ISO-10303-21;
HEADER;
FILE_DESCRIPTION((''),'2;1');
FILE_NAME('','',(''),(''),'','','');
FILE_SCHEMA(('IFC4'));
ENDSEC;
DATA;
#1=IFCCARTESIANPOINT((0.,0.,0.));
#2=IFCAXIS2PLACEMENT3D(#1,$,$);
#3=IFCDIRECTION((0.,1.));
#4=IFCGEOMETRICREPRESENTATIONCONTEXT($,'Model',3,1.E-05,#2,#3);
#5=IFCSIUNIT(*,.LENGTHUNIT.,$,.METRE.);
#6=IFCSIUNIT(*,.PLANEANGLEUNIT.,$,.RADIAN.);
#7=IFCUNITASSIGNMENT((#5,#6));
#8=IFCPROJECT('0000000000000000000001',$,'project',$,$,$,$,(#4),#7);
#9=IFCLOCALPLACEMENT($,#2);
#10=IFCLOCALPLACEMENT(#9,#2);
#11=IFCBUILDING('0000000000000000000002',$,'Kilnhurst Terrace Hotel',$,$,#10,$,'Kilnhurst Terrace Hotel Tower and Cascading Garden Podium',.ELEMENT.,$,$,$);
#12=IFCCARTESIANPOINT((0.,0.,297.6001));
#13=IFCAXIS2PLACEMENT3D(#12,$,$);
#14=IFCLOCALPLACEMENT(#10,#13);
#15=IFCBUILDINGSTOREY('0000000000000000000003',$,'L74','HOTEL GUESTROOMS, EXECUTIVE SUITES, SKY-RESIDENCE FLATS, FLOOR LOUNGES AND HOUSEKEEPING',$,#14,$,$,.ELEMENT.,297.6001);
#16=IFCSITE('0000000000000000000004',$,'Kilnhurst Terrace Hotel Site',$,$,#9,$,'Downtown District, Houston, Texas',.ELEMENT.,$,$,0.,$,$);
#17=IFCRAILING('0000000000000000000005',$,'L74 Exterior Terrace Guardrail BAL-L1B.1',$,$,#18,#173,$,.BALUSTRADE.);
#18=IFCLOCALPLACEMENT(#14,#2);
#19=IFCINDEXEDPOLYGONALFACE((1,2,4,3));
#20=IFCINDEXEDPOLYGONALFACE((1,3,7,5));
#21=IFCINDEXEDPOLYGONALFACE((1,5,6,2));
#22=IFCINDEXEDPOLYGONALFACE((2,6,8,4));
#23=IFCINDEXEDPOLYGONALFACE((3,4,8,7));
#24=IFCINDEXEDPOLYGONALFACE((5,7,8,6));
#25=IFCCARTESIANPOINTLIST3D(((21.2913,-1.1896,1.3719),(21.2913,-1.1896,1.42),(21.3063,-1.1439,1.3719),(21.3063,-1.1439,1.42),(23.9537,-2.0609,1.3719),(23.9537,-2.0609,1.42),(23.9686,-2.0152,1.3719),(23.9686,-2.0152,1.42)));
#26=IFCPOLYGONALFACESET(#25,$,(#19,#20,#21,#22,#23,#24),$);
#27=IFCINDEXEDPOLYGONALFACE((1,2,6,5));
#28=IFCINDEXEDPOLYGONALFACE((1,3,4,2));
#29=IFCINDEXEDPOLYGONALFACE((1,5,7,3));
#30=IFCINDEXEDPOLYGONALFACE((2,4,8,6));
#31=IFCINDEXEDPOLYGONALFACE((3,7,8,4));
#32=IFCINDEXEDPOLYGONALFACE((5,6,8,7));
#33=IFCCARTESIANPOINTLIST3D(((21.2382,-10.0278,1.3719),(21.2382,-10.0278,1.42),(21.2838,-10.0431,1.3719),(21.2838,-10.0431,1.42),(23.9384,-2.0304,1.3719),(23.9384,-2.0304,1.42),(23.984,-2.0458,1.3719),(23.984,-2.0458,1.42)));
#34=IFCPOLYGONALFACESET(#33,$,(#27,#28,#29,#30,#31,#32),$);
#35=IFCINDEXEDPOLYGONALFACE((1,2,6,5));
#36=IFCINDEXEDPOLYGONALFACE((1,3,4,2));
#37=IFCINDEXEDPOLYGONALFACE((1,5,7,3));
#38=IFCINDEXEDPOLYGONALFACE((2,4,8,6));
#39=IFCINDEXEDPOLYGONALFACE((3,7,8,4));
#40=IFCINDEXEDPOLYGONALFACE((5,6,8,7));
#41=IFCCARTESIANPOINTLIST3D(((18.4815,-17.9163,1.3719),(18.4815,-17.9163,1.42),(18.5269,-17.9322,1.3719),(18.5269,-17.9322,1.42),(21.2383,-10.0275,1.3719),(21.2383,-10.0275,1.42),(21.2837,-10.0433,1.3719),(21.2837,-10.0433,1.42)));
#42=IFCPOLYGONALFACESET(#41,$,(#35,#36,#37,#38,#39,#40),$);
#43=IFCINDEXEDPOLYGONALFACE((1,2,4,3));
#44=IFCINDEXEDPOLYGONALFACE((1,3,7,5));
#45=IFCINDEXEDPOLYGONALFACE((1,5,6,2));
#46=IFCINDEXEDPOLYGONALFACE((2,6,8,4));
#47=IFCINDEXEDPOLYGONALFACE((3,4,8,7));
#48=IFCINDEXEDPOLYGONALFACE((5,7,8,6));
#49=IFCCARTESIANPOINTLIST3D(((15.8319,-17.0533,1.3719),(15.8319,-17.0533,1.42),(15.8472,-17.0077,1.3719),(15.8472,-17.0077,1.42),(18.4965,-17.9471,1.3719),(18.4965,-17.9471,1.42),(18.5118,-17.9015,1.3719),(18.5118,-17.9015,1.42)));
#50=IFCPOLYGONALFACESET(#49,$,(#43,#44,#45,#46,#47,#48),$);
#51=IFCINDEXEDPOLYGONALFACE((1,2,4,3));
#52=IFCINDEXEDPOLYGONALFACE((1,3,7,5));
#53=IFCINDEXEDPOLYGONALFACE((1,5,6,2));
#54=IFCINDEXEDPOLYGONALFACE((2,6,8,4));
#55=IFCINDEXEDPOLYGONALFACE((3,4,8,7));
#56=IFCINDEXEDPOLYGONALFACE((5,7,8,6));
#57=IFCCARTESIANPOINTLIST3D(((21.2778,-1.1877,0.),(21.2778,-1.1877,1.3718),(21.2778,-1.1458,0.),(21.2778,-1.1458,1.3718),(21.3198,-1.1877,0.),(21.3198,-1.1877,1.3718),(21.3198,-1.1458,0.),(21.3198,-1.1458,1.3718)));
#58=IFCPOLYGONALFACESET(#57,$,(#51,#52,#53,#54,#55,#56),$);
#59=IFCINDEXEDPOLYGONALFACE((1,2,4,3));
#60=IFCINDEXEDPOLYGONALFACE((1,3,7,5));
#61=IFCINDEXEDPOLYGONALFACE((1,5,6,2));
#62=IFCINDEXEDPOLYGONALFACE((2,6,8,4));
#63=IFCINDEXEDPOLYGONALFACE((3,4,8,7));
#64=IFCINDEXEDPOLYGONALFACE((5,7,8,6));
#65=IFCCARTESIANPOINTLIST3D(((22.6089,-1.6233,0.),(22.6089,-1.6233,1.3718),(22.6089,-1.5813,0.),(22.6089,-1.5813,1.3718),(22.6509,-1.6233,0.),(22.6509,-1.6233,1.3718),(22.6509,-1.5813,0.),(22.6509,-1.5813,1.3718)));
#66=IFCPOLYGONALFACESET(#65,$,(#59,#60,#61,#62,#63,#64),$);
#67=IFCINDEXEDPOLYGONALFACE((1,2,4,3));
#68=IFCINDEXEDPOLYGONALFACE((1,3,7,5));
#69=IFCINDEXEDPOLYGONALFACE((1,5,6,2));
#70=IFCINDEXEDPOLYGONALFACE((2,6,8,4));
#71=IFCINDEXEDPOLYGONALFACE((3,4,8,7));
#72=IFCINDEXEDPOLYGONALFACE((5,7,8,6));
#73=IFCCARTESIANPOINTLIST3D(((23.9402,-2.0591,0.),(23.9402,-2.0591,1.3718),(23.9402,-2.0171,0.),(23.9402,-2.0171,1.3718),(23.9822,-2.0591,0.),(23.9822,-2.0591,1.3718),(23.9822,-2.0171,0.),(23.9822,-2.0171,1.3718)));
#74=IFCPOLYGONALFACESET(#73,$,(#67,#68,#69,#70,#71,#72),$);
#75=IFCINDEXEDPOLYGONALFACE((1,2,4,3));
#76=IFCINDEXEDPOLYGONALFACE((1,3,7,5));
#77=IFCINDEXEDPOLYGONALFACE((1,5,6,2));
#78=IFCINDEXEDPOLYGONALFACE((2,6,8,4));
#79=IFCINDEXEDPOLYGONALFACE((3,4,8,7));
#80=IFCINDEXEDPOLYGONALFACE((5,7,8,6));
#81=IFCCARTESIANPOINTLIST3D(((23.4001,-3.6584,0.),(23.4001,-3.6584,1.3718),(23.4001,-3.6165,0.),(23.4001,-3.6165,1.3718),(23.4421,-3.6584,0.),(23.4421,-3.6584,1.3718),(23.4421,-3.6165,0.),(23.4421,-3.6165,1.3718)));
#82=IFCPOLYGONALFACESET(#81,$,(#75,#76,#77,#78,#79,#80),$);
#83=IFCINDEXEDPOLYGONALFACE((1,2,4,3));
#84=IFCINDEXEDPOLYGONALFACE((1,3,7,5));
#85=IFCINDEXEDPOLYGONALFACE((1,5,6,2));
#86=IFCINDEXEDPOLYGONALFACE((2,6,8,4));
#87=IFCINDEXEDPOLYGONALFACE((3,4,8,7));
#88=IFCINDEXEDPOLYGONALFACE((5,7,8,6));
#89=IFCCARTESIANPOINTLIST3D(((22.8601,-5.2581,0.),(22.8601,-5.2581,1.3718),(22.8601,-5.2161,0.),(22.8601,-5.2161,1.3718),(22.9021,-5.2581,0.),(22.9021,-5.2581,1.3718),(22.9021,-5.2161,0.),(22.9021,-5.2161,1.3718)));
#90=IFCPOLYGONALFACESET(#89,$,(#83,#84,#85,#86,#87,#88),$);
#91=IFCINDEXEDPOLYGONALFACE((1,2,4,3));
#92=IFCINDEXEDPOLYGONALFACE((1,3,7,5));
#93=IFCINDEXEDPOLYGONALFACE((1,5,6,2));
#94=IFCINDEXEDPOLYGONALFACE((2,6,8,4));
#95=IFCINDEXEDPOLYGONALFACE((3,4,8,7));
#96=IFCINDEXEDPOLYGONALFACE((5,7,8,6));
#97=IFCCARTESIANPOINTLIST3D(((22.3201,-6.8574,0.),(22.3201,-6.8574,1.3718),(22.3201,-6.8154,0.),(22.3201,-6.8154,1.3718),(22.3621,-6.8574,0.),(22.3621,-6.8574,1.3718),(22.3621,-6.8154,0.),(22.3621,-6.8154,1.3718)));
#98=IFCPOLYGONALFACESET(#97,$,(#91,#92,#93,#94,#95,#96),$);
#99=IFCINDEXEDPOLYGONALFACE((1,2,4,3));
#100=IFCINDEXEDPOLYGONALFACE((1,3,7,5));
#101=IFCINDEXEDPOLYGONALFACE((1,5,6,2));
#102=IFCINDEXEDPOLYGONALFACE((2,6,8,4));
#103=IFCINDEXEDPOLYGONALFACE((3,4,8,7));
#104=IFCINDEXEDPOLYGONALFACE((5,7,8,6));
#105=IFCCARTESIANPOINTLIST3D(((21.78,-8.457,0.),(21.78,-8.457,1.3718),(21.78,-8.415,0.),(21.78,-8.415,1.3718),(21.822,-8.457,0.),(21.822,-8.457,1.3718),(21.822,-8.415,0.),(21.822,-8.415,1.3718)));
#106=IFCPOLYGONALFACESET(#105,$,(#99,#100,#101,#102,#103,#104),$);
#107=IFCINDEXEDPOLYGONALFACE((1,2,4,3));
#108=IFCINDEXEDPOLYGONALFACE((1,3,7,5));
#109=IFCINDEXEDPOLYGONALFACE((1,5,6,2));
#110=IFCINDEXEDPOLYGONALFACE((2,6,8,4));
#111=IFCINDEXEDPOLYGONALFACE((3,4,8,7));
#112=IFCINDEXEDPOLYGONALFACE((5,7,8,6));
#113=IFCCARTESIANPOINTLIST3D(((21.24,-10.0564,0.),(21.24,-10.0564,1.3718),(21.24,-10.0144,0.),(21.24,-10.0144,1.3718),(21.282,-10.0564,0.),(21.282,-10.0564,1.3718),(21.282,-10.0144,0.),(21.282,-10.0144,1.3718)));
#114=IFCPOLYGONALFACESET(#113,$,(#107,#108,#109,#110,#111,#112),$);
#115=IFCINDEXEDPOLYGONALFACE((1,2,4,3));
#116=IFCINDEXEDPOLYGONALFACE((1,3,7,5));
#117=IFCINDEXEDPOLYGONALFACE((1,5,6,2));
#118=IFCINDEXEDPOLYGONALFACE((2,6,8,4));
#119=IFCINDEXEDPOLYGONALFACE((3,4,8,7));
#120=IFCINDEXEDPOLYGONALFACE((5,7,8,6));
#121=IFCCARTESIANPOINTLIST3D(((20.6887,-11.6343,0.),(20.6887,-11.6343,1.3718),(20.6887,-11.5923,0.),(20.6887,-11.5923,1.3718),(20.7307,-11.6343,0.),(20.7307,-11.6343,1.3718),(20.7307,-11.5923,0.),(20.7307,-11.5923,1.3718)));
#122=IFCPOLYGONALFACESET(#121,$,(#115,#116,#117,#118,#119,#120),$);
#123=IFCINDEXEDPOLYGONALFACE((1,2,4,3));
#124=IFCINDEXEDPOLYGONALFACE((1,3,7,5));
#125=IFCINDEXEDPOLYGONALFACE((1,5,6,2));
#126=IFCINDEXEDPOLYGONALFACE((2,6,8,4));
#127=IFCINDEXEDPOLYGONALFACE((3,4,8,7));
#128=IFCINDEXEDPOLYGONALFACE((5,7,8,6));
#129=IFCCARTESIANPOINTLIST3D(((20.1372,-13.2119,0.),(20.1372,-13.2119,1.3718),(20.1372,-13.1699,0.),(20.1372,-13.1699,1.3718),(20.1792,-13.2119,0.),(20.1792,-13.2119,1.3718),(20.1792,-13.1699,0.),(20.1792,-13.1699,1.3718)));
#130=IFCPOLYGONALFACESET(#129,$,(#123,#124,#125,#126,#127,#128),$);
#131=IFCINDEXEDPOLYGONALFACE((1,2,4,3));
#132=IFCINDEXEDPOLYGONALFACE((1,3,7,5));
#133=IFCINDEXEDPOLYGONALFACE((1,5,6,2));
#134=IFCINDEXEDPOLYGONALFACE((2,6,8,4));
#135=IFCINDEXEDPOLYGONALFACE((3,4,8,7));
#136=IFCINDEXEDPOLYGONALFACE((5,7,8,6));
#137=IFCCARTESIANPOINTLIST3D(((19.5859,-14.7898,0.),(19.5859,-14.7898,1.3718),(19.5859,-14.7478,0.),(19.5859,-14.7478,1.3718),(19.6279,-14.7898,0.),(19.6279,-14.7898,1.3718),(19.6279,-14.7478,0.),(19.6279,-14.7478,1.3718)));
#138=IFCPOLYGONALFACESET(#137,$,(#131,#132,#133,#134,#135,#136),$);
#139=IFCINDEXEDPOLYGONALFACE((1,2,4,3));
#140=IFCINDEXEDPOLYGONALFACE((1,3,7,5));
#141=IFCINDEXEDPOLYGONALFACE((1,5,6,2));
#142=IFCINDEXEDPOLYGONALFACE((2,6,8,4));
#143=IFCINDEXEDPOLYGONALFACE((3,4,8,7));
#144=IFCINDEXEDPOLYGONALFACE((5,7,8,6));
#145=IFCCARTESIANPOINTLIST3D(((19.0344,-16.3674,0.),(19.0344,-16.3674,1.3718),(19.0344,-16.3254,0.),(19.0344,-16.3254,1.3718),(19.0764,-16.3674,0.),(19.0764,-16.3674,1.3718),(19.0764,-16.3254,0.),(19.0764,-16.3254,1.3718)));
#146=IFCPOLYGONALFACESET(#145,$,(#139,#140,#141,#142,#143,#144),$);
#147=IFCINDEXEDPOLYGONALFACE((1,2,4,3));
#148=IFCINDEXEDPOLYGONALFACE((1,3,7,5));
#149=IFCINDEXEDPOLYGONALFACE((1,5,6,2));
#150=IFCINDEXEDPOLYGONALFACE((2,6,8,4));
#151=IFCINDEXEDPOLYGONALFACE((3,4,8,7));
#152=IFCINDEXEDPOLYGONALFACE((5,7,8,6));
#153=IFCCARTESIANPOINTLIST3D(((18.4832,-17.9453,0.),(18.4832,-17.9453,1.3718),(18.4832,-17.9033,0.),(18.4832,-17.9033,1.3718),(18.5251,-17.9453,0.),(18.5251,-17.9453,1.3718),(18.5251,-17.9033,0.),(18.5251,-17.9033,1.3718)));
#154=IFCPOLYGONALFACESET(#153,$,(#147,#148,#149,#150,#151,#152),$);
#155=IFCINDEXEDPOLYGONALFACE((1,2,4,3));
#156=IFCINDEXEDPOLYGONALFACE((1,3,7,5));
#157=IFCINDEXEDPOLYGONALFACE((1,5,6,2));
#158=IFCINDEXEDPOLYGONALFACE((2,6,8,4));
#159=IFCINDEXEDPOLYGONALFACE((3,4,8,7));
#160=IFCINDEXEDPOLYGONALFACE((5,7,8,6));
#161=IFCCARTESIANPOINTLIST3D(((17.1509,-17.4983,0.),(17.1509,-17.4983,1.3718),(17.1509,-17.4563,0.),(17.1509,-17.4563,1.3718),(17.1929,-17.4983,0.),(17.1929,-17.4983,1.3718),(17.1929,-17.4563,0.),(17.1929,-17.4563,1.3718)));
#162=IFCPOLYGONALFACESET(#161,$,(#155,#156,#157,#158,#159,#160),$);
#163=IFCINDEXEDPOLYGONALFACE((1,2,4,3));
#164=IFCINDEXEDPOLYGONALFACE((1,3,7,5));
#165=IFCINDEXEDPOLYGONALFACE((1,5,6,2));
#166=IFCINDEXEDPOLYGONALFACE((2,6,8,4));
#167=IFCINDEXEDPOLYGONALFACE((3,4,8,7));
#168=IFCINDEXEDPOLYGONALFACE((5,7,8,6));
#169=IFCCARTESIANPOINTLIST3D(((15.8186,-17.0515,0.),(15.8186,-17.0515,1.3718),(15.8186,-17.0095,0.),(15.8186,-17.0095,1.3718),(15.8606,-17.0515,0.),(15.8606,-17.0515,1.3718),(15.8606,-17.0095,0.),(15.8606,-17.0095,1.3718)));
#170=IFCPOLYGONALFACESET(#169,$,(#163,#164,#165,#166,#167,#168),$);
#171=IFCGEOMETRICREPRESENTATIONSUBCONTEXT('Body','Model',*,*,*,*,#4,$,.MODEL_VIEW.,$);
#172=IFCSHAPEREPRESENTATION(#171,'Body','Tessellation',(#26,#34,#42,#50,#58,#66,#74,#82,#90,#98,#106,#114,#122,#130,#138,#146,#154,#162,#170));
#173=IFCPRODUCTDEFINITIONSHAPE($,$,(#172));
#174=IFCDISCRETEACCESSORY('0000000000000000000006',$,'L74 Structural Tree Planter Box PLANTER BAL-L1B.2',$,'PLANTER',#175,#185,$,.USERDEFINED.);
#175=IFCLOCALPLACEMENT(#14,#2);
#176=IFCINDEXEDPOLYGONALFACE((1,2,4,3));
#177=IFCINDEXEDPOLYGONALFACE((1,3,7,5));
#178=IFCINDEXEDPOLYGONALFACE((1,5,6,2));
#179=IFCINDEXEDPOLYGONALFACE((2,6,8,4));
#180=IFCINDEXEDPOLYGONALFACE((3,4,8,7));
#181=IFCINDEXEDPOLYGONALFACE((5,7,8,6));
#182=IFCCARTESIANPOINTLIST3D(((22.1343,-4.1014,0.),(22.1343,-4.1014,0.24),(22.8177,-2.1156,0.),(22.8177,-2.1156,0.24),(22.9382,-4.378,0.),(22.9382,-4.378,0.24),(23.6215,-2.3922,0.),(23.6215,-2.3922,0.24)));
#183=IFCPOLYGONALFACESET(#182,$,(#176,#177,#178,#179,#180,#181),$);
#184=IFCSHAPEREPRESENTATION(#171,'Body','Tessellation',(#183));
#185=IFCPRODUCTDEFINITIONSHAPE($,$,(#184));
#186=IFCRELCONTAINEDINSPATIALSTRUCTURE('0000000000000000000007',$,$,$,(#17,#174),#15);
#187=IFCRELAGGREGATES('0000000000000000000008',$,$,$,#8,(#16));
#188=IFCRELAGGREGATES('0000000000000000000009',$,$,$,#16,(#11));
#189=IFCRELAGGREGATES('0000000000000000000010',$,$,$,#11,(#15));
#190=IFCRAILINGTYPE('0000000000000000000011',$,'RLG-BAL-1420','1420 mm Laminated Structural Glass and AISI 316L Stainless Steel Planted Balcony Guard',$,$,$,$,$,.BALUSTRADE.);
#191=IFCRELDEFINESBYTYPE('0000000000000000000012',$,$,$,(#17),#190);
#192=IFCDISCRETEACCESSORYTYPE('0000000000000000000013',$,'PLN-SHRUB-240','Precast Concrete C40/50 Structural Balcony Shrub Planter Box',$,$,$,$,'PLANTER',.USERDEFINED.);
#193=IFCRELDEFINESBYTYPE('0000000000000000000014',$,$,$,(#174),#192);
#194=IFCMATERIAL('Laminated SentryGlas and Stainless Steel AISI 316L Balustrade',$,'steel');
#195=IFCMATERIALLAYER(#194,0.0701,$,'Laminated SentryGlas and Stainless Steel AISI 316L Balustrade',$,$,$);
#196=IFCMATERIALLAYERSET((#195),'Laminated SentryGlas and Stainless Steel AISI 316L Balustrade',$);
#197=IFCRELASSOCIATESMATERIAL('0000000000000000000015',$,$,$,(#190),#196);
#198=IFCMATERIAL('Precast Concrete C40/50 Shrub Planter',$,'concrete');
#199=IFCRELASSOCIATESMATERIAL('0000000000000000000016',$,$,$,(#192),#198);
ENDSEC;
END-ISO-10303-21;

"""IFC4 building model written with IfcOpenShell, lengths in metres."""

from ifc_helpers import new_model, si_unit, direction, frame, origin, origin_2d, place, context, subcontext, project, spatial, rectangle, extrude, material, layer, layer_set, type_object, element, save


model = new_model("IFC4")

# Units and contexts
model_context = context("Model", 3, precision=1e-05, world=origin(), true_north=direction((0.0, 1.0)))
body_context = subcontext(model_context, "Body", "Model", "MODEL_VIEW")
ifc_project = project(units=[si_unit("LENGTHUNIT", "METRE"), si_unit("PLANEANGLEUNIT", "RADIAN")], contexts=[model_context])

# Site, building, storey
site_placement = place(None, origin())
site = spatial("IfcSite", under=ifc_project, at=site_placement, Name="Kilnhurst Terrace Hotel Site", LongName="Downtown District, Houston, Texas", CompositionType="ELEMENT", RefElevation=0.0)
building_placement = place(site_placement, origin())
building = spatial("IfcBuilding", under=site, at=building_placement, Name="Kilnhurst Terrace Hotel", LongName="Kilnhurst Terrace Hotel Tower and Cascading Garden Podium", CompositionType="ELEMENT")
storey_placement = place(building_placement, frame((0.0, 0.0, 297.6001)))
storey = spatial("IfcBuildingStorey", under=building, at=storey_placement, Name="L74", Description="HOTEL GUESTROOMS, EXECUTIVE SUITES, SKY-RESIDENCE FLATS, FLOOR LOUNGES AND HOUSEKEEPING", CompositionType="ELEMENT", Elevation=297.6001)

# Railing
ifc_material_1 = material(Name="Laminated SentryGlas and Stainless Steel AISI 316L Balustrade", Category="steel")
ifc_layer_1 = layer(ifc_material_1, 0.0701, Name="Laminated SentryGlas and Stainless Steel AISI 316L Balustrade")
ifc_layer_set_1 = layer_set([ifc_layer_1], Name="Laminated SentryGlas and Stainless Steel AISI 316L Balustrade")
railing_type = type_object("IfcRailingType", Name="RLG-BAL-1420", Description="1420 mm Laminated Structural Glass and AISI 316L Stainless Steel Planted Balcony Guard", PredefinedType="BALUSTRADE", material=ifc_layer_set_1)
railing_placement = place(storey_placement, frame((21.2988, -1.1667, 0.0)))
element("IfcRailing", 1, at=railing_placement, inside=storey, type_object=railing_type, Name="L74 Exterior Terrace Guardrail BAL-L1B.1", PredefinedType="BALUSTRADE", context=body_context, shape_type="SweptSolid", body=[
    extrude(rectangle(XDim=0.0481, YDim=0.0481, at=origin_2d()), frame((0.0, 0.0, 1.396), z_axis=(0.950395, -0.311046, 0.0), x_axis=(0.311046, 0.950395, 0.0)), (0.0, 0.0, 1.0), 2.8013),
    extrude(rectangle(XDim=0.0481, YDim=0.0481, at=origin_2d()), frame((2.6624, -0.8713, 1.396), z_axis=(-0.319896, -0.947453, 0.0), x_axis=(0.947453, -0.319896, 0.0)), (0.0, 0.0, 1.0), 8.4409),
    extrude(rectangle(XDim=0.0481, YDim=0.0481, at=origin_2d()), frame((-0.0378, -8.8687, 1.396), z_axis=(-0.329894, -0.944018, 0.0), x_axis=(0.944018, -0.329894, 0.0)), (0.0, 0.0, 1.0), 8.3567),
    extrude(rectangle(XDim=0.0481, YDim=0.0481, at=origin_2d()), frame((-2.7947, -16.7576, 1.396), z_axis=(-0.948082, 0.318025, 0.0), x_axis=(-0.318025, -0.948082, 0.0)), (0.0, 0.0, 1.0), 2.8105),
    extrude(rectangle(XDim=0.042, YDim=0.042, at=origin_2d()), origin(), (0.0, 0.0, 1.0), 1.3718),
    extrude(rectangle(XDim=0.042, YDim=0.042, at=origin_2d()), frame((1.3311, -0.4355, 0.0)), (0.0, 0.0, 1.0), 1.3718),
    extrude(rectangle(XDim=0.042, YDim=0.042, at=origin_2d()), frame((2.6624, -0.8713, 0.0)), (0.0, 0.0, 1.0), 1.3718),
    extrude(rectangle(XDim=0.042, YDim=0.042, at=origin_2d()), frame((2.1223, -2.4707, 0.0)), (0.0, 0.0, 1.0), 1.3718),
    extrude(rectangle(XDim=0.042, YDim=0.042, at=origin_2d()), frame((1.5823, -4.0703, 0.0)), (0.0, 0.0, 1.0), 1.3718),
    extrude(rectangle(XDim=0.042, YDim=0.042, at=origin_2d()), frame((1.0422, -5.6697, 0.0)), (0.0, 0.0, 1.0), 1.3718),
    extrude(rectangle(XDim=0.042, YDim=0.042, at=origin_2d()), frame((0.5022, -7.2693, 0.0)), (0.0, 0.0, 1.0), 1.3718),
    extrude(rectangle(XDim=0.042, YDim=0.042, at=origin_2d()), frame((-0.0378, -8.8687, 0.0)), (0.0, 0.0, 1.0), 1.3718),
    extrude(rectangle(XDim=0.042, YDim=0.042, at=origin_2d()), frame((-0.5891, -10.4465, 0.0)), (0.0, 0.0, 1.0), 1.3718),
    extrude(rectangle(XDim=0.042, YDim=0.042, at=origin_2d()), frame((-1.1406, -12.0242, 0.0)), (0.0, 0.0, 1.0), 1.3718),
    extrude(rectangle(XDim=0.042, YDim=0.042, at=origin_2d()), frame((-1.6919, -13.6021, 0.0)), (0.0, 0.0, 1.0), 1.3718),
    extrude(rectangle(XDim=0.042, YDim=0.042, at=origin_2d()), frame((-2.2434, -15.1797, 0.0)), (0.0, 0.0, 1.0), 1.3718),
    extrude(rectangle(XDim=0.042, YDim=0.042, at=origin_2d()), frame((-2.7947, -16.7576, 0.0)), (0.0, 0.0, 1.0), 1.3718),
    extrude(rectangle(XDim=0.042, YDim=0.042, at=origin_2d()), frame((-4.127, -16.3105, 0.0)), (0.0, 0.0, 1.0), 1.3718),
    extrude(rectangle(XDim=0.042, YDim=0.042, at=origin_2d()), frame((-5.4592, -15.8638, 0.0)), (0.0, 0.0, 1.0), 1.3718),
])

# Discrete accessory
ifc_material_2 = material(Name="Precast Concrete C40/50 Shrub Planter", Category="concrete")
discrete_accessory_type = type_object("IfcDiscreteAccessoryType", Name="PLN-SHRUB-240", Description="Precast Concrete C40/50 Structural Balcony Shrub Planter Box", ElementType="PLANTER", PredefinedType="USERDEFINED", material=ifc_material_2)
discrete_accessory_placement = place(storey_placement, frame((22.8779, -3.2468, 0.0), z_axis=(0.0, 0.0, 1.0), x_axis=(0.325403, 0.945575, 0.0)))
element("IfcDiscreteAccessory", 2, at=discrete_accessory_placement, inside=storey, type_object=discrete_accessory_type, Name="L74 Structural Tree Planter Box PLANTER BAL-L1B.2", ObjectType="PLANTER", PredefinedType="USERDEFINED", context=body_context, shape_type="SweptSolid", body=[
    extrude(rectangle(XDim=2.1001, YDim=0.8501, at=origin_2d()), origin(), (0.0, 0.0, 1.0), 0.24),
])

save(model, "model.ifc")
